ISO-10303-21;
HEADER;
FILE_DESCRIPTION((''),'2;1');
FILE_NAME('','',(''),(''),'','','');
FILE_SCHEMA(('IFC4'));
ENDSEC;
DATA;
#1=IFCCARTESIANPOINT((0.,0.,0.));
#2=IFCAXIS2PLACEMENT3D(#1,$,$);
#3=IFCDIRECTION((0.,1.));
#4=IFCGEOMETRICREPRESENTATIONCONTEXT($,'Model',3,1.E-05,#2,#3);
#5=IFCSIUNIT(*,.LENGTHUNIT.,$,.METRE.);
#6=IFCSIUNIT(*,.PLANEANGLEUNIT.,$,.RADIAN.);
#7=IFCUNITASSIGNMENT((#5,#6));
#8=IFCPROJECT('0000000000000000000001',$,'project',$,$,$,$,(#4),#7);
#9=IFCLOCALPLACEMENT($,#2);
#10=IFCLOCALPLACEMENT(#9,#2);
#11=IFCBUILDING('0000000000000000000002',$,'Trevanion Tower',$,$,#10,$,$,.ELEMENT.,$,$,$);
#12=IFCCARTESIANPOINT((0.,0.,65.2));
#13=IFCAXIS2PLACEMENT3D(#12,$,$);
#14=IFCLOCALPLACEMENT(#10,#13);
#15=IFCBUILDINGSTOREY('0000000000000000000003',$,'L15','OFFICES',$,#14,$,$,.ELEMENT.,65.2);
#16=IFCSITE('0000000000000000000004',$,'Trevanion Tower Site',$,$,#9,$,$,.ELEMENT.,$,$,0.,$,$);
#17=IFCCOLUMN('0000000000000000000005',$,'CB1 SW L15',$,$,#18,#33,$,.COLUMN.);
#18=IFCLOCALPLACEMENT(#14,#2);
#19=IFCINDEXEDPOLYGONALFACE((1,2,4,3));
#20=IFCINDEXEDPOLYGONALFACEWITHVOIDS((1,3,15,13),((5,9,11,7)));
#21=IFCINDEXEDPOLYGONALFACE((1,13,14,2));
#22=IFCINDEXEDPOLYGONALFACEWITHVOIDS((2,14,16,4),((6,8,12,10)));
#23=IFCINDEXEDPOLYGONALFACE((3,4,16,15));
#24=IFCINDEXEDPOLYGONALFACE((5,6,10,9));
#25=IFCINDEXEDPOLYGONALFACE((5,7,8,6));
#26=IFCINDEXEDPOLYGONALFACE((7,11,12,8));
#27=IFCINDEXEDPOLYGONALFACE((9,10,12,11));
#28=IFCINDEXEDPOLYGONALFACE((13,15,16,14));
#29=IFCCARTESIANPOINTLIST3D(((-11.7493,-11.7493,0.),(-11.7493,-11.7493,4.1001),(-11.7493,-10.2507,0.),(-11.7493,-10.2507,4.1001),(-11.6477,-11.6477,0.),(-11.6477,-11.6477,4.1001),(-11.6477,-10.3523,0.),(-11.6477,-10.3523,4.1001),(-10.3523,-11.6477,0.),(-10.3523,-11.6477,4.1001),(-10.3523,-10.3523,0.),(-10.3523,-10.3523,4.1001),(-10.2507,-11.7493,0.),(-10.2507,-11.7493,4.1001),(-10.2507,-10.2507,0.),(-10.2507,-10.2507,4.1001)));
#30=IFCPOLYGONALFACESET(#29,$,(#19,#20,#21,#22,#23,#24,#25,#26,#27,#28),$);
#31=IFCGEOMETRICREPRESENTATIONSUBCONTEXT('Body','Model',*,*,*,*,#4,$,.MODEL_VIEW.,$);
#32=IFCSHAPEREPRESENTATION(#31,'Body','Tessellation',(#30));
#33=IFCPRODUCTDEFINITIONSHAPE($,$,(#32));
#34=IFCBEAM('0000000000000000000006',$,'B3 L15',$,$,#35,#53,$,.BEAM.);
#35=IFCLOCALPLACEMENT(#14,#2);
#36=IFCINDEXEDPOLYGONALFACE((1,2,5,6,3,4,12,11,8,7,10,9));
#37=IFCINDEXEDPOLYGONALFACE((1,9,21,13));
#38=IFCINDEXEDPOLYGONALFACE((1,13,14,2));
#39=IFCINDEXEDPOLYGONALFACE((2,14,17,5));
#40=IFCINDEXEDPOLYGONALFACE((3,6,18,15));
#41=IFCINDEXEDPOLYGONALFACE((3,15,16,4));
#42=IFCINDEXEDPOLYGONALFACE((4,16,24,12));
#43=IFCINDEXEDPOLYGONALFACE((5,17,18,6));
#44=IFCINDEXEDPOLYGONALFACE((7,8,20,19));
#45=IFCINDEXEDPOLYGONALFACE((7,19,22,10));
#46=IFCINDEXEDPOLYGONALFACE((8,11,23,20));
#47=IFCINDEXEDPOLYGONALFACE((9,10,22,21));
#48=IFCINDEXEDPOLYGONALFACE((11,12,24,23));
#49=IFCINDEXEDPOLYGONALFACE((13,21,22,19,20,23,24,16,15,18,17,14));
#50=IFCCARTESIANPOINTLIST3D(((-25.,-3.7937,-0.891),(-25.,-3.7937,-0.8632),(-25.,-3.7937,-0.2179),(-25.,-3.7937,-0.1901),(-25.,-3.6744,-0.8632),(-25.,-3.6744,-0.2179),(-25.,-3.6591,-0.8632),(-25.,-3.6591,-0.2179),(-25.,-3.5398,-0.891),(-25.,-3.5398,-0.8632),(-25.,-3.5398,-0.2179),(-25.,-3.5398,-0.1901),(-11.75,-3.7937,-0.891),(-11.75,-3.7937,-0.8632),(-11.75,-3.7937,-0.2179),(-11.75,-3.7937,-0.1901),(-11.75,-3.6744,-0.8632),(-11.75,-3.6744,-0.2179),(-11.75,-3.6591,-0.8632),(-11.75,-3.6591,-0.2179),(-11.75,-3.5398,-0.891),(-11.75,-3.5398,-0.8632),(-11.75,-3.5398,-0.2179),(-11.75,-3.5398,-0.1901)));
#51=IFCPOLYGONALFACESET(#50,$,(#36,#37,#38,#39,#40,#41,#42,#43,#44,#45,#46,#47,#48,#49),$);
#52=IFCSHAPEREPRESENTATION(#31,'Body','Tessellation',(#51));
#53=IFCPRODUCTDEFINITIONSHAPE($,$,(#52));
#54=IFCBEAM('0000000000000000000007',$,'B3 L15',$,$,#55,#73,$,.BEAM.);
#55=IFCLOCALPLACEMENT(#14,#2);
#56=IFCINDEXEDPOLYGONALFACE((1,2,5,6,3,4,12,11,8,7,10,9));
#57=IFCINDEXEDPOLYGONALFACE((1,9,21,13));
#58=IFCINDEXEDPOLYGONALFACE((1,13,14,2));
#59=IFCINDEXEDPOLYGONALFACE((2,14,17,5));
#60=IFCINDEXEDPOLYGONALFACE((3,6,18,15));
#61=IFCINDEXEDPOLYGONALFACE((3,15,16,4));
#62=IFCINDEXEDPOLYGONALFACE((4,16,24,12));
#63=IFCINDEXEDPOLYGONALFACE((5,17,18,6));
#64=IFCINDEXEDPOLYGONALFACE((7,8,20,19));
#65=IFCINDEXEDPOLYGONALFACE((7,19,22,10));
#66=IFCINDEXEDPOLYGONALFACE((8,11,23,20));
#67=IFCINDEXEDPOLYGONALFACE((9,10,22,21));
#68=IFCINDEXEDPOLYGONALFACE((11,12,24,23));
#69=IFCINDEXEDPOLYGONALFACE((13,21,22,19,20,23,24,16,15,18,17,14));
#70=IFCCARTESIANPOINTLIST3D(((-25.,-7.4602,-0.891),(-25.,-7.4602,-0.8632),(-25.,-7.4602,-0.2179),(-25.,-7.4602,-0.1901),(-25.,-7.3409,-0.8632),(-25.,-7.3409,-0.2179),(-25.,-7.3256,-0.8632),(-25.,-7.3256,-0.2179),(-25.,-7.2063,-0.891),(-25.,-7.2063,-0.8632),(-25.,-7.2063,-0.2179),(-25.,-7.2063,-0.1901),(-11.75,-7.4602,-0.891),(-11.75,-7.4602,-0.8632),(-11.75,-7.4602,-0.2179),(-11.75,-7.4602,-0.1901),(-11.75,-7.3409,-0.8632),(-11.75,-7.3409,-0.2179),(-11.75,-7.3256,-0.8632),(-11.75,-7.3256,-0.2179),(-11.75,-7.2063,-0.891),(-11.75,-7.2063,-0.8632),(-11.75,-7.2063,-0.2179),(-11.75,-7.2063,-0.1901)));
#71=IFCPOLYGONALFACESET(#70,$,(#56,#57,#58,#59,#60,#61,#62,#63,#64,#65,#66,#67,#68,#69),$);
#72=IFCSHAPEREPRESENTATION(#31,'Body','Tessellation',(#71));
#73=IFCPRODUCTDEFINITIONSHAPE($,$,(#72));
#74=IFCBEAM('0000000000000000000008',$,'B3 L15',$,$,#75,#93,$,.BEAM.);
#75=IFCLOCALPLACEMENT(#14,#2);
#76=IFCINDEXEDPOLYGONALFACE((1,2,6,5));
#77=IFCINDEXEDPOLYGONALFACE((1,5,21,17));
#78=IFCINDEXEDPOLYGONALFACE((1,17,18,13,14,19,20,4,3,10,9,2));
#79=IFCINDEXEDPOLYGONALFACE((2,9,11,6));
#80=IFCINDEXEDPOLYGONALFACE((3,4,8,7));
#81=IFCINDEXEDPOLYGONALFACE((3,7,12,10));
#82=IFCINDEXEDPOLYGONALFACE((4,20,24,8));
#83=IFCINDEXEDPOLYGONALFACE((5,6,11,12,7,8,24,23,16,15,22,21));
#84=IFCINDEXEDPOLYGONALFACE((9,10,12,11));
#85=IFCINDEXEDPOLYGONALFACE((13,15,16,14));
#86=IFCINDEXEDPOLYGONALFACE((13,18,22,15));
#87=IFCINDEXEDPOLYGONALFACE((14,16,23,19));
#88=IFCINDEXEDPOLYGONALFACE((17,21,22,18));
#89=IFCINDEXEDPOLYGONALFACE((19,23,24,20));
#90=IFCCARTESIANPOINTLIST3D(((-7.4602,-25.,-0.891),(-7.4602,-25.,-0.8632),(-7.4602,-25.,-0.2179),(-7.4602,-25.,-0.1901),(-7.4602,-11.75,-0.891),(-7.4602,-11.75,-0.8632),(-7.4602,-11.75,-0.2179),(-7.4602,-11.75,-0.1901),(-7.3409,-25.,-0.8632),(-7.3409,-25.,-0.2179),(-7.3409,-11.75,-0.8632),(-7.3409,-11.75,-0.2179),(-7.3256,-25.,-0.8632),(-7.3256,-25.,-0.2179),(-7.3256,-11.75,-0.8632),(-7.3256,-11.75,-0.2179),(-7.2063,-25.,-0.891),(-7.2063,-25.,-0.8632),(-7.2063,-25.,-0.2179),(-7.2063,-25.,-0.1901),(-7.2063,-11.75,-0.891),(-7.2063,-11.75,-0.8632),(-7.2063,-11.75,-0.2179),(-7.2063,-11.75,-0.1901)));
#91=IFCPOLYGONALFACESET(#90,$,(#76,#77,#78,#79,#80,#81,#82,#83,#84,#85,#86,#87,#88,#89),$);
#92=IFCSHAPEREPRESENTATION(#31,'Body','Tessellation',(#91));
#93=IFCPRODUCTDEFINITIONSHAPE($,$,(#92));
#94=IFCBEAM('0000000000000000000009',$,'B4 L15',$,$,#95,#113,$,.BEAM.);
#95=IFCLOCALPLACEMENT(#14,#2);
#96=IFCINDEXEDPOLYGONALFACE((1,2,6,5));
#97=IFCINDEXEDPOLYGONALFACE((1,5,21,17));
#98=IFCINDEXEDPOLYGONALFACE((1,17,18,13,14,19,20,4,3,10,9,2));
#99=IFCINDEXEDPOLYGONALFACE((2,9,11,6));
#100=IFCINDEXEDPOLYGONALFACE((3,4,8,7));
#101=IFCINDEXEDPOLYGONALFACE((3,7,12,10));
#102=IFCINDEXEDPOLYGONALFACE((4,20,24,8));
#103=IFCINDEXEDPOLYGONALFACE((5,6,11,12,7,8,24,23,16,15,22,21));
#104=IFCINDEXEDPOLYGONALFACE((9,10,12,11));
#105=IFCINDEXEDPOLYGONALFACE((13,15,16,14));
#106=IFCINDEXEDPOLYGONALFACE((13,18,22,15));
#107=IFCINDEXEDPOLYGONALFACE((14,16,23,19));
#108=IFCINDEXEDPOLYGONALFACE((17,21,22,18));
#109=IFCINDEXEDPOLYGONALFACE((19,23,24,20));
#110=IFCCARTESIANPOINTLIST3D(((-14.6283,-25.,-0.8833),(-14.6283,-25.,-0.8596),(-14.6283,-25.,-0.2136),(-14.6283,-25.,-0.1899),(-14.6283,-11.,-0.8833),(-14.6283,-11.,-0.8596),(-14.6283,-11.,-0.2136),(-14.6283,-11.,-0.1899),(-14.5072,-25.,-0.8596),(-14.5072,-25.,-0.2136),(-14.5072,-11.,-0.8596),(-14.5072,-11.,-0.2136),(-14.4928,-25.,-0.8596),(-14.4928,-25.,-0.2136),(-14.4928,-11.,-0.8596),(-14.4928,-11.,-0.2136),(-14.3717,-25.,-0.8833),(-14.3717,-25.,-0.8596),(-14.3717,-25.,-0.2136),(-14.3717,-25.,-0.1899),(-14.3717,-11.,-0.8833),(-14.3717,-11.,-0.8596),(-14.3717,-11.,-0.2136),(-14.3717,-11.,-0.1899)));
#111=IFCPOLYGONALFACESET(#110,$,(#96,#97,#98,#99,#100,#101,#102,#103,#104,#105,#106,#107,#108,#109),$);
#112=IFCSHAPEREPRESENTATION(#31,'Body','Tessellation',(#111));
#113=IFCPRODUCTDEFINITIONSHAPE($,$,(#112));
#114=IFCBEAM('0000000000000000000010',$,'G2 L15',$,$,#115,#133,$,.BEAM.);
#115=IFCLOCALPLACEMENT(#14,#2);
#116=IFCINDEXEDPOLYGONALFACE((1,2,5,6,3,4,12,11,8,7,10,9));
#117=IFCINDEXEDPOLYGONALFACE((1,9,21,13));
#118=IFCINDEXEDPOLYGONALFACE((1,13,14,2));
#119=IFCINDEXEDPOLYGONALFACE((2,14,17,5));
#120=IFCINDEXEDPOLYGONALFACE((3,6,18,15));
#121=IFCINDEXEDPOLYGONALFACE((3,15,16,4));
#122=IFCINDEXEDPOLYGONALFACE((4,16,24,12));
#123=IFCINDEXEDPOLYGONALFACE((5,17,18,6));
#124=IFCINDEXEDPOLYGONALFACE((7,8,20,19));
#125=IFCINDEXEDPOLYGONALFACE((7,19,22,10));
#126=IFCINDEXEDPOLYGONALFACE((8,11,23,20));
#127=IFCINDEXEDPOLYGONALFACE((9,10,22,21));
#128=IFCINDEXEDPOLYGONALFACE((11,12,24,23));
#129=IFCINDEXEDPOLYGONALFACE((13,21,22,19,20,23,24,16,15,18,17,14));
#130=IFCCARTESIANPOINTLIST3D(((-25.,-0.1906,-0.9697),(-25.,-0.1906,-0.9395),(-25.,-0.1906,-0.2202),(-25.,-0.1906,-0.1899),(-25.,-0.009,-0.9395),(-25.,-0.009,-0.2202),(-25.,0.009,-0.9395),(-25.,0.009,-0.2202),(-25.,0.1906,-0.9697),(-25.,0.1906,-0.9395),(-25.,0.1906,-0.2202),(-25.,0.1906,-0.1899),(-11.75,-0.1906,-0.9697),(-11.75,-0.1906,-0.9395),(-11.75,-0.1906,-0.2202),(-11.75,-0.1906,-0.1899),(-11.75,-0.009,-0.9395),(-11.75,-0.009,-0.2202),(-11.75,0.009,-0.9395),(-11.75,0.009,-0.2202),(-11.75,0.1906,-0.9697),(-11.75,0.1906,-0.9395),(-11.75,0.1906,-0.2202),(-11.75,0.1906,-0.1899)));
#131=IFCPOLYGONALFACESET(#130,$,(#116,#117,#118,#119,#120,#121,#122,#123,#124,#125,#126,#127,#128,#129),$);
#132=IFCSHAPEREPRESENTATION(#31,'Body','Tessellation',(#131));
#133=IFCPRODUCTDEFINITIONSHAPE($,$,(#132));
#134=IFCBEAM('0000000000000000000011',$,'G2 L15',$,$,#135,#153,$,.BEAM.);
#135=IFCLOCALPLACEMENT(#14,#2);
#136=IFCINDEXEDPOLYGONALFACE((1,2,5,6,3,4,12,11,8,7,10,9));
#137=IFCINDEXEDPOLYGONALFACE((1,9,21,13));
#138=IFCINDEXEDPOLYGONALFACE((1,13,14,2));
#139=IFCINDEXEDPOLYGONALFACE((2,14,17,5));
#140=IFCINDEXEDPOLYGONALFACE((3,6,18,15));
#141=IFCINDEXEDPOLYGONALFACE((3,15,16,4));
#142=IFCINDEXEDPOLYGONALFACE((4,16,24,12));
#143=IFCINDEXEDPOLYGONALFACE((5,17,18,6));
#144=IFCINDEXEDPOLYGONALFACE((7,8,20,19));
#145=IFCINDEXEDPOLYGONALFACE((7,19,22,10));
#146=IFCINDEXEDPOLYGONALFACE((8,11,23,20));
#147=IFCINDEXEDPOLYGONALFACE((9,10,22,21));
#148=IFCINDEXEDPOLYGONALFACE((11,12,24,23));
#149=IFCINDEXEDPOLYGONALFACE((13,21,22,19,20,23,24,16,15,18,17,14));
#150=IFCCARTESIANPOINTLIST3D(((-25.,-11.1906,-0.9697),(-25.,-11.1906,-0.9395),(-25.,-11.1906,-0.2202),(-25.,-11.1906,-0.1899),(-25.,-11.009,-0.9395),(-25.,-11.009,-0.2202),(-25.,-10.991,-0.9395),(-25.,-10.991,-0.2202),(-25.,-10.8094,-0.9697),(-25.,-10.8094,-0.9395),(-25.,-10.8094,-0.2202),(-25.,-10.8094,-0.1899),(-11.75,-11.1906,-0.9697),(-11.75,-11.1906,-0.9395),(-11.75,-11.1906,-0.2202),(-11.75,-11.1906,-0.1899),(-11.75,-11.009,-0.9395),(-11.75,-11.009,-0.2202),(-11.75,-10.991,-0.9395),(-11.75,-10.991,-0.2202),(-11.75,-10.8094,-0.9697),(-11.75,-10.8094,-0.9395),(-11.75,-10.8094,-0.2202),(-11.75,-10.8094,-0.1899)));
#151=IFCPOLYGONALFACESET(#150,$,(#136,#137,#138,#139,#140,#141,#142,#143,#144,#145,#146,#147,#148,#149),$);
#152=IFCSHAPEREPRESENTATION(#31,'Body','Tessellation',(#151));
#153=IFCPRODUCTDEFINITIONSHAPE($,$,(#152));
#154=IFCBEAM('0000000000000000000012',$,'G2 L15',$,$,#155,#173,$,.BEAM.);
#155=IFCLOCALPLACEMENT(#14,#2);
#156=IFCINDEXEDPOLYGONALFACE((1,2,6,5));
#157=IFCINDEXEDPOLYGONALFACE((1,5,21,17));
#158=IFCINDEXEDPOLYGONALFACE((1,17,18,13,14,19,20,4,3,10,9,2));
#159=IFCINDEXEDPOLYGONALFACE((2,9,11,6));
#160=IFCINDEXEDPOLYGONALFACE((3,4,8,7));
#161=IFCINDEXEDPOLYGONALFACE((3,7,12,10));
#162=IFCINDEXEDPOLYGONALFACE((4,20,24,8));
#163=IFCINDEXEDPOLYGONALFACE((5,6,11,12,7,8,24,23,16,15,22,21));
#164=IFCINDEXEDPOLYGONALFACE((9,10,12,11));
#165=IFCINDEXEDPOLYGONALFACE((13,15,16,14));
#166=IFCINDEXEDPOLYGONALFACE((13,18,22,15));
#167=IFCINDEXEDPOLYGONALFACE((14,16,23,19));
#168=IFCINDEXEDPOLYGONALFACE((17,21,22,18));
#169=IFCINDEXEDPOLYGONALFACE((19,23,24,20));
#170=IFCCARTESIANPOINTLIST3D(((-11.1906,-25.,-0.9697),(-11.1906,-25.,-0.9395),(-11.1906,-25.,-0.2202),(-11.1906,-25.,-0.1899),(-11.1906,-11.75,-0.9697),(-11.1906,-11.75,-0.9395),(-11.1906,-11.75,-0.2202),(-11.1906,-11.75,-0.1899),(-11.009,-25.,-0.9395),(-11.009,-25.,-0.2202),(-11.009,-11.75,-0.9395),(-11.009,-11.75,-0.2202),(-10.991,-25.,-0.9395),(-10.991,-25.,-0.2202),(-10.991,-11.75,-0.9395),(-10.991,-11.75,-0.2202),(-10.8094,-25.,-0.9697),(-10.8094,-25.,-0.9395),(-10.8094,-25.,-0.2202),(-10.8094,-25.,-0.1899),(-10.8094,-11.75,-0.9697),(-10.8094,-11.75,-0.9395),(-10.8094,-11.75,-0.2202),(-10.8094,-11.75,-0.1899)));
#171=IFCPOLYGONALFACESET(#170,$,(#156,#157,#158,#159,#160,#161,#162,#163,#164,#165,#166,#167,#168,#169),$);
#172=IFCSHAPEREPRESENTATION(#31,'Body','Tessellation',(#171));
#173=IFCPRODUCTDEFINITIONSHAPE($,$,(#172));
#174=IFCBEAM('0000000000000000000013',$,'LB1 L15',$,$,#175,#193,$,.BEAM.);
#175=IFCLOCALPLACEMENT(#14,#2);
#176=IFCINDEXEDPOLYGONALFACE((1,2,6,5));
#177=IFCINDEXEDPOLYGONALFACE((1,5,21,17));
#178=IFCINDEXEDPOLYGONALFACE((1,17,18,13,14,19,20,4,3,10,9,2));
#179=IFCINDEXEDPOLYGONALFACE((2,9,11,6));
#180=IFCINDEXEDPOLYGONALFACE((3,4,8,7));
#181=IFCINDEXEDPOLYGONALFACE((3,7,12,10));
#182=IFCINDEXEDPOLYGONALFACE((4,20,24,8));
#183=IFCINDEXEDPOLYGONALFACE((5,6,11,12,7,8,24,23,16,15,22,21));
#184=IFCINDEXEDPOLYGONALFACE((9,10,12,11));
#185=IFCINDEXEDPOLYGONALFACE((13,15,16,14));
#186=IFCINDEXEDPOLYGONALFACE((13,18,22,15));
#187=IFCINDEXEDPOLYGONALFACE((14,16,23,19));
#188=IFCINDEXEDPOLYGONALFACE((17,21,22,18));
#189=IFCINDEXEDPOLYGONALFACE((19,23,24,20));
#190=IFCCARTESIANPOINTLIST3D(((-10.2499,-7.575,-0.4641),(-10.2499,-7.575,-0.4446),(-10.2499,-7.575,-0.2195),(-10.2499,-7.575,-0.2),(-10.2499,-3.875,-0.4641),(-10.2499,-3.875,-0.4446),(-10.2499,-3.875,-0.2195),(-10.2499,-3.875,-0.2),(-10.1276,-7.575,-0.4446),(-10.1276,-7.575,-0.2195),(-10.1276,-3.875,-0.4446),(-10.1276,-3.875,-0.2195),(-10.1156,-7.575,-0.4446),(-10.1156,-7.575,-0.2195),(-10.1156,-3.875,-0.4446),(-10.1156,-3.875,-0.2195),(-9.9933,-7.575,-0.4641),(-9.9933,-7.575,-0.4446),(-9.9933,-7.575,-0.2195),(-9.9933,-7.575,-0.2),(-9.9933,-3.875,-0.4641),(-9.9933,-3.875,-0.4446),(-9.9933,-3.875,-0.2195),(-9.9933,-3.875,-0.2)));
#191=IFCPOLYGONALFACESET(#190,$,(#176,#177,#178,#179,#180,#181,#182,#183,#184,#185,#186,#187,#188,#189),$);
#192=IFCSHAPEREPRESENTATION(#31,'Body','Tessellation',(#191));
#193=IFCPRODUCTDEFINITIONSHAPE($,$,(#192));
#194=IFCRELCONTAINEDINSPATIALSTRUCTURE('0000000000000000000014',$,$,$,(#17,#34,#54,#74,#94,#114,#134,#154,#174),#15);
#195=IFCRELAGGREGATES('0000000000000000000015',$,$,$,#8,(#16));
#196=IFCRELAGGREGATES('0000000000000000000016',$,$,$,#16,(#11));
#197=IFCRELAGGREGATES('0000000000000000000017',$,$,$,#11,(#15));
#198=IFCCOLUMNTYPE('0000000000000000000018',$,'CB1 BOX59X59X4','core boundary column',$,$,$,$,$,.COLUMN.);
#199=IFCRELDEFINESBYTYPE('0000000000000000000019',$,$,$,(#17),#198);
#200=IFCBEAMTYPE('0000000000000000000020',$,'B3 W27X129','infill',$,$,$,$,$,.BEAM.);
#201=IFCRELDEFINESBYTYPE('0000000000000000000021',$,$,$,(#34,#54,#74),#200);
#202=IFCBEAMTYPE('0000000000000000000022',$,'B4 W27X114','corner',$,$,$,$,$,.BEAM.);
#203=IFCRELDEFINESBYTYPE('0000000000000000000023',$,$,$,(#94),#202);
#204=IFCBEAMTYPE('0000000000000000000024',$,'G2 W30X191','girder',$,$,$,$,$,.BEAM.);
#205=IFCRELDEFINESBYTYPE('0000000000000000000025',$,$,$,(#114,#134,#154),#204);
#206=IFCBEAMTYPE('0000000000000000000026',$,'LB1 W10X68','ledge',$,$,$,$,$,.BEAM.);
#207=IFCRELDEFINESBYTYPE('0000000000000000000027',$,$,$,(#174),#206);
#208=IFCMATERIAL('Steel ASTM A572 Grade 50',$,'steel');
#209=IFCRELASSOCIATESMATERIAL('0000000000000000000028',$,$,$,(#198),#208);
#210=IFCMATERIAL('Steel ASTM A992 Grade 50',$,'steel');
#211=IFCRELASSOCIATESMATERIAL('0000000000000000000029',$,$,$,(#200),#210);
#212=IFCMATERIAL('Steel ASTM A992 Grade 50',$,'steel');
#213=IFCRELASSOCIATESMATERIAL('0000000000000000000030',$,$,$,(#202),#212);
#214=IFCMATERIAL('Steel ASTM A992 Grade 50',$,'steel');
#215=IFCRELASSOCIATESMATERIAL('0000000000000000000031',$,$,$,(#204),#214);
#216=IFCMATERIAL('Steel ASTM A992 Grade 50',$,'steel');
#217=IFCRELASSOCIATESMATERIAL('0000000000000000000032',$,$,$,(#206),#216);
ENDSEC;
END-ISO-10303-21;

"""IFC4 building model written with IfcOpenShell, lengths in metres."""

from ifc_helpers import new_model, si_unit, direction, frame, origin, origin_2d, place, context, subcontext, project, spatial, hollow_rectangle, i_section, extrude, material, material_profile, profile_set, type_object, element, save


model = new_model("IFC4")

# Units and contexts
model_context = context("Model", 3, precision=1e-05, world=origin(), true_north=direction((0.0, 1.0)))
body_context = subcontext(model_context, "Body", "Model", "MODEL_VIEW")
ifc_project = project(units=[si_unit("LENGTHUNIT", "METRE"), si_unit("PLANEANGLEUNIT", "RADIAN")], contexts=[model_context])

# Site, building, storey
site_placement = place(None, origin())
site = spatial("IfcSite", under=ifc_project, at=site_placement, Name="Trevanion Tower Site", CompositionType="ELEMENT", RefElevation=0.0)
building_placement = place(site_placement, origin())
building = spatial("IfcBuilding", under=site, at=building_placement, Name="Trevanion Tower", CompositionType="ELEMENT")
storey_placement = place(building_placement, frame((0.0, 0.0, 65.2)))
storey = spatial("IfcBuildingStorey", under=building, at=storey_placement, Name="L15", Description="OFFICES", CompositionType="ELEMENT", Elevation=65.2)

# Column
ifc_material_1 = material(Name="Steel ASTM A572 Grade 50", Category="steel")
ifc_material_profile_1 = material_profile(ifc_material_1, hollow_rectangle(XDim=1.4985, YDim=1.4985, WallThickness=0.1016, at=origin_2d()), Name="BOX59X59X4")
ifc_profile_set_1 = profile_set([ifc_material_profile_1], Name="Steel ASTM A572 Grade 50")
column_type = type_object("IfcColumnType", Name="CB1 BOX59X59X4", Description="core boundary column", PredefinedType="COLUMN", material=ifc_profile_set_1)
column_placement = place(storey_placement, frame((-11.0, -11.0, 0.0), z_axis=(0.0, 0.0, 1.0), x_axis=(1.0, 0.0, 0.0)))
element("IfcColumn", 1, at=column_placement, inside=storey, type_object=column_type, Name="CB1 SW L15", PredefinedType="COLUMN", context=body_context, shape_type="SweptSolid", body=[
    extrude(hollow_rectangle(XDim=1.4985, YDim=1.4985, WallThickness=0.1016, at=origin_2d()), origin(), (0.0, 0.0, 1.0), 4.1001),
])

# Beams
ifc_material_2 = material(Name="Steel ASTM A992 Grade 50", Category="steel")
ifc_material_profile_2 = material_profile(ifc_material_2, i_section(OverallWidth=0.2539, OverallDepth=0.7009, WebThickness=0.0154, FlangeThickness=0.0278, at=origin_2d()), Name="W27X129")
ifc_profile_set_2 = profile_set([ifc_material_profile_2], Name="Steel ASTM A992 Grade 50")
beam_type_1 = type_object("IfcBeamType", Name="B3 W27X129", Description="infill", PredefinedType="BEAM", material=ifc_profile_set_2)
for number, where, z_axis, x_axis, name in (
    (2, (-11.75, -3.6667, -0.5405), (-1.0, 0.0, 0.0), (0.0, -1.0, 0.0), "B3 L15"),
    (3, (-11.75, -7.3333, -0.5405), (-1.0, 0.0, 0.0), (0.0, -1.0, 0.0), "B3 L15"),
    (4, (-7.3333, -11.75, -0.5405), (0.0, -1.0, 0.0), (1.0, 0.0, 0.0), "B3 L15"),
):
    element("IfcBeam", number, at=place(storey_placement, frame(where, z_axis=z_axis, x_axis=x_axis)), inside=storey, type_object=beam_type_1, Name=name, PredefinedType="BEAM", context=body_context, shape_type="SweptSolid", body=[
        extrude(i_section(OverallWidth=0.2539, OverallDepth=0.7009, WebThickness=0.0154, FlangeThickness=0.0278, at=origin_2d()), origin(), (0.0, 0.0, 1.0), 13.25),
    ])
ifc_material_3 = material(Name="Steel ASTM A992 Grade 50", Category="steel")
ifc_material_profile_3 = material_profile(ifc_material_3, i_section(OverallWidth=0.2566, OverallDepth=0.6934, WebThickness=0.0144, FlangeThickness=0.0237, at=origin_2d()), Name="W27X114")
ifc_profile_set_3 = profile_set([ifc_material_profile_3], Name="Steel ASTM A992 Grade 50")
beam_type_2 = type_object("IfcBeamType", Name="B4 W27X114", Description="corner", PredefinedType="BEAM", material=ifc_profile_set_3)
beam_placement = place(storey_placement, frame((-14.5, -11.0, -0.5366), z_axis=(0.0, -1.0, 0.0), x_axis=(1.0, 0.0, 0.0)))
element("IfcBeam", 5, at=beam_placement, inside=storey, type_object=beam_type_2, Name="B4 L15", PredefinedType="BEAM", context=body_context, shape_type="SweptSolid", body=[
    extrude(i_section(OverallWidth=0.2566, OverallDepth=0.6934, WebThickness=0.0144, FlangeThickness=0.0237, at=origin_2d()), origin(), (0.0, 0.0, 1.0), 14.0),
])
ifc_material_4 = material(Name="Steel ASTM A992 Grade 50", Category="steel")
ifc_material_profile_4 = material_profile(ifc_material_4, i_section(OverallWidth=0.3811, OverallDepth=0.7798, WebThickness=0.0181, FlangeThickness=0.0303, at=origin_2d()), Name="W30X191")
ifc_profile_set_4 = profile_set([ifc_material_profile_4], Name="Steel ASTM A992 Grade 50")
beam_type_3 = type_object("IfcBeamType", Name="G2 W30X191", Description="girder", PredefinedType="BEAM", material=ifc_profile_set_4)
for number, where, z_axis, x_axis, name in (
    (6, (-11.75, 0.0, -0.5798), (-1.0, 0.0, 0.0), (0.0, -1.0, 0.0), "G2 L15"),
    (7, (-11.75, -11.0, -0.5798), (-1.0, 0.0, 0.0), (0.0, -1.0, 0.0), "G2 L15"),
    (8, (-11.0, -11.75, -0.5798), (0.0, -1.0, 0.0), (1.0, 0.0, 0.0), "G2 L15"),
):
    element("IfcBeam", number, at=place(storey_placement, frame(where, z_axis=z_axis, x_axis=x_axis)), inside=storey, type_object=beam_type_3, Name=name, PredefinedType="BEAM", context=body_context, shape_type="SweptSolid", body=[
        extrude(i_section(OverallWidth=0.3811, OverallDepth=0.7798, WebThickness=0.0181, FlangeThickness=0.0303, at=origin_2d()), origin(), (0.0, 0.0, 1.0), 13.25),
    ])
ifc_material_5 = material(Name="Steel ASTM A992 Grade 50", Category="steel")
ifc_material_profile_5 = material_profile(ifc_material_5, i_section(OverallWidth=0.2566, OverallDepth=0.2642, WebThickness=0.012, FlangeThickness=0.0195, at=origin_2d()), Name="W10X68")
ifc_profile_set_5 = profile_set([ifc_material_profile_5], Name="Steel ASTM A992 Grade 50")
beam_type_4 = type_object("IfcBeamType", Name="LB1 W10X68", Description="ledge", PredefinedType="BEAM", material=ifc_profile_set_5)
for number, where, z_axis, x_axis, name in (
    (9, (-10.1216, -7.575, -0.332), (0.0, 1.0, 0.0), (-1.0, 0.0, 0.0), "LB1 L15"),
):
    element("IfcBeam", number, at=place(storey_placement, frame(where, z_axis=z_axis, x_axis=x_axis)), inside=storey, type_object=beam_type_4, Name=name, PredefinedType="BEAM", context=body_context, shape_type="SweptSolid", body=[
        extrude(i_section(OverallWidth=0.2566, OverallDepth=0.2642, WebThickness=0.012, FlangeThickness=0.0195, at=origin_2d()), origin(), (0.0, 0.0, 1.0), 3.7),
    ])

save(model, "model.ifc")
